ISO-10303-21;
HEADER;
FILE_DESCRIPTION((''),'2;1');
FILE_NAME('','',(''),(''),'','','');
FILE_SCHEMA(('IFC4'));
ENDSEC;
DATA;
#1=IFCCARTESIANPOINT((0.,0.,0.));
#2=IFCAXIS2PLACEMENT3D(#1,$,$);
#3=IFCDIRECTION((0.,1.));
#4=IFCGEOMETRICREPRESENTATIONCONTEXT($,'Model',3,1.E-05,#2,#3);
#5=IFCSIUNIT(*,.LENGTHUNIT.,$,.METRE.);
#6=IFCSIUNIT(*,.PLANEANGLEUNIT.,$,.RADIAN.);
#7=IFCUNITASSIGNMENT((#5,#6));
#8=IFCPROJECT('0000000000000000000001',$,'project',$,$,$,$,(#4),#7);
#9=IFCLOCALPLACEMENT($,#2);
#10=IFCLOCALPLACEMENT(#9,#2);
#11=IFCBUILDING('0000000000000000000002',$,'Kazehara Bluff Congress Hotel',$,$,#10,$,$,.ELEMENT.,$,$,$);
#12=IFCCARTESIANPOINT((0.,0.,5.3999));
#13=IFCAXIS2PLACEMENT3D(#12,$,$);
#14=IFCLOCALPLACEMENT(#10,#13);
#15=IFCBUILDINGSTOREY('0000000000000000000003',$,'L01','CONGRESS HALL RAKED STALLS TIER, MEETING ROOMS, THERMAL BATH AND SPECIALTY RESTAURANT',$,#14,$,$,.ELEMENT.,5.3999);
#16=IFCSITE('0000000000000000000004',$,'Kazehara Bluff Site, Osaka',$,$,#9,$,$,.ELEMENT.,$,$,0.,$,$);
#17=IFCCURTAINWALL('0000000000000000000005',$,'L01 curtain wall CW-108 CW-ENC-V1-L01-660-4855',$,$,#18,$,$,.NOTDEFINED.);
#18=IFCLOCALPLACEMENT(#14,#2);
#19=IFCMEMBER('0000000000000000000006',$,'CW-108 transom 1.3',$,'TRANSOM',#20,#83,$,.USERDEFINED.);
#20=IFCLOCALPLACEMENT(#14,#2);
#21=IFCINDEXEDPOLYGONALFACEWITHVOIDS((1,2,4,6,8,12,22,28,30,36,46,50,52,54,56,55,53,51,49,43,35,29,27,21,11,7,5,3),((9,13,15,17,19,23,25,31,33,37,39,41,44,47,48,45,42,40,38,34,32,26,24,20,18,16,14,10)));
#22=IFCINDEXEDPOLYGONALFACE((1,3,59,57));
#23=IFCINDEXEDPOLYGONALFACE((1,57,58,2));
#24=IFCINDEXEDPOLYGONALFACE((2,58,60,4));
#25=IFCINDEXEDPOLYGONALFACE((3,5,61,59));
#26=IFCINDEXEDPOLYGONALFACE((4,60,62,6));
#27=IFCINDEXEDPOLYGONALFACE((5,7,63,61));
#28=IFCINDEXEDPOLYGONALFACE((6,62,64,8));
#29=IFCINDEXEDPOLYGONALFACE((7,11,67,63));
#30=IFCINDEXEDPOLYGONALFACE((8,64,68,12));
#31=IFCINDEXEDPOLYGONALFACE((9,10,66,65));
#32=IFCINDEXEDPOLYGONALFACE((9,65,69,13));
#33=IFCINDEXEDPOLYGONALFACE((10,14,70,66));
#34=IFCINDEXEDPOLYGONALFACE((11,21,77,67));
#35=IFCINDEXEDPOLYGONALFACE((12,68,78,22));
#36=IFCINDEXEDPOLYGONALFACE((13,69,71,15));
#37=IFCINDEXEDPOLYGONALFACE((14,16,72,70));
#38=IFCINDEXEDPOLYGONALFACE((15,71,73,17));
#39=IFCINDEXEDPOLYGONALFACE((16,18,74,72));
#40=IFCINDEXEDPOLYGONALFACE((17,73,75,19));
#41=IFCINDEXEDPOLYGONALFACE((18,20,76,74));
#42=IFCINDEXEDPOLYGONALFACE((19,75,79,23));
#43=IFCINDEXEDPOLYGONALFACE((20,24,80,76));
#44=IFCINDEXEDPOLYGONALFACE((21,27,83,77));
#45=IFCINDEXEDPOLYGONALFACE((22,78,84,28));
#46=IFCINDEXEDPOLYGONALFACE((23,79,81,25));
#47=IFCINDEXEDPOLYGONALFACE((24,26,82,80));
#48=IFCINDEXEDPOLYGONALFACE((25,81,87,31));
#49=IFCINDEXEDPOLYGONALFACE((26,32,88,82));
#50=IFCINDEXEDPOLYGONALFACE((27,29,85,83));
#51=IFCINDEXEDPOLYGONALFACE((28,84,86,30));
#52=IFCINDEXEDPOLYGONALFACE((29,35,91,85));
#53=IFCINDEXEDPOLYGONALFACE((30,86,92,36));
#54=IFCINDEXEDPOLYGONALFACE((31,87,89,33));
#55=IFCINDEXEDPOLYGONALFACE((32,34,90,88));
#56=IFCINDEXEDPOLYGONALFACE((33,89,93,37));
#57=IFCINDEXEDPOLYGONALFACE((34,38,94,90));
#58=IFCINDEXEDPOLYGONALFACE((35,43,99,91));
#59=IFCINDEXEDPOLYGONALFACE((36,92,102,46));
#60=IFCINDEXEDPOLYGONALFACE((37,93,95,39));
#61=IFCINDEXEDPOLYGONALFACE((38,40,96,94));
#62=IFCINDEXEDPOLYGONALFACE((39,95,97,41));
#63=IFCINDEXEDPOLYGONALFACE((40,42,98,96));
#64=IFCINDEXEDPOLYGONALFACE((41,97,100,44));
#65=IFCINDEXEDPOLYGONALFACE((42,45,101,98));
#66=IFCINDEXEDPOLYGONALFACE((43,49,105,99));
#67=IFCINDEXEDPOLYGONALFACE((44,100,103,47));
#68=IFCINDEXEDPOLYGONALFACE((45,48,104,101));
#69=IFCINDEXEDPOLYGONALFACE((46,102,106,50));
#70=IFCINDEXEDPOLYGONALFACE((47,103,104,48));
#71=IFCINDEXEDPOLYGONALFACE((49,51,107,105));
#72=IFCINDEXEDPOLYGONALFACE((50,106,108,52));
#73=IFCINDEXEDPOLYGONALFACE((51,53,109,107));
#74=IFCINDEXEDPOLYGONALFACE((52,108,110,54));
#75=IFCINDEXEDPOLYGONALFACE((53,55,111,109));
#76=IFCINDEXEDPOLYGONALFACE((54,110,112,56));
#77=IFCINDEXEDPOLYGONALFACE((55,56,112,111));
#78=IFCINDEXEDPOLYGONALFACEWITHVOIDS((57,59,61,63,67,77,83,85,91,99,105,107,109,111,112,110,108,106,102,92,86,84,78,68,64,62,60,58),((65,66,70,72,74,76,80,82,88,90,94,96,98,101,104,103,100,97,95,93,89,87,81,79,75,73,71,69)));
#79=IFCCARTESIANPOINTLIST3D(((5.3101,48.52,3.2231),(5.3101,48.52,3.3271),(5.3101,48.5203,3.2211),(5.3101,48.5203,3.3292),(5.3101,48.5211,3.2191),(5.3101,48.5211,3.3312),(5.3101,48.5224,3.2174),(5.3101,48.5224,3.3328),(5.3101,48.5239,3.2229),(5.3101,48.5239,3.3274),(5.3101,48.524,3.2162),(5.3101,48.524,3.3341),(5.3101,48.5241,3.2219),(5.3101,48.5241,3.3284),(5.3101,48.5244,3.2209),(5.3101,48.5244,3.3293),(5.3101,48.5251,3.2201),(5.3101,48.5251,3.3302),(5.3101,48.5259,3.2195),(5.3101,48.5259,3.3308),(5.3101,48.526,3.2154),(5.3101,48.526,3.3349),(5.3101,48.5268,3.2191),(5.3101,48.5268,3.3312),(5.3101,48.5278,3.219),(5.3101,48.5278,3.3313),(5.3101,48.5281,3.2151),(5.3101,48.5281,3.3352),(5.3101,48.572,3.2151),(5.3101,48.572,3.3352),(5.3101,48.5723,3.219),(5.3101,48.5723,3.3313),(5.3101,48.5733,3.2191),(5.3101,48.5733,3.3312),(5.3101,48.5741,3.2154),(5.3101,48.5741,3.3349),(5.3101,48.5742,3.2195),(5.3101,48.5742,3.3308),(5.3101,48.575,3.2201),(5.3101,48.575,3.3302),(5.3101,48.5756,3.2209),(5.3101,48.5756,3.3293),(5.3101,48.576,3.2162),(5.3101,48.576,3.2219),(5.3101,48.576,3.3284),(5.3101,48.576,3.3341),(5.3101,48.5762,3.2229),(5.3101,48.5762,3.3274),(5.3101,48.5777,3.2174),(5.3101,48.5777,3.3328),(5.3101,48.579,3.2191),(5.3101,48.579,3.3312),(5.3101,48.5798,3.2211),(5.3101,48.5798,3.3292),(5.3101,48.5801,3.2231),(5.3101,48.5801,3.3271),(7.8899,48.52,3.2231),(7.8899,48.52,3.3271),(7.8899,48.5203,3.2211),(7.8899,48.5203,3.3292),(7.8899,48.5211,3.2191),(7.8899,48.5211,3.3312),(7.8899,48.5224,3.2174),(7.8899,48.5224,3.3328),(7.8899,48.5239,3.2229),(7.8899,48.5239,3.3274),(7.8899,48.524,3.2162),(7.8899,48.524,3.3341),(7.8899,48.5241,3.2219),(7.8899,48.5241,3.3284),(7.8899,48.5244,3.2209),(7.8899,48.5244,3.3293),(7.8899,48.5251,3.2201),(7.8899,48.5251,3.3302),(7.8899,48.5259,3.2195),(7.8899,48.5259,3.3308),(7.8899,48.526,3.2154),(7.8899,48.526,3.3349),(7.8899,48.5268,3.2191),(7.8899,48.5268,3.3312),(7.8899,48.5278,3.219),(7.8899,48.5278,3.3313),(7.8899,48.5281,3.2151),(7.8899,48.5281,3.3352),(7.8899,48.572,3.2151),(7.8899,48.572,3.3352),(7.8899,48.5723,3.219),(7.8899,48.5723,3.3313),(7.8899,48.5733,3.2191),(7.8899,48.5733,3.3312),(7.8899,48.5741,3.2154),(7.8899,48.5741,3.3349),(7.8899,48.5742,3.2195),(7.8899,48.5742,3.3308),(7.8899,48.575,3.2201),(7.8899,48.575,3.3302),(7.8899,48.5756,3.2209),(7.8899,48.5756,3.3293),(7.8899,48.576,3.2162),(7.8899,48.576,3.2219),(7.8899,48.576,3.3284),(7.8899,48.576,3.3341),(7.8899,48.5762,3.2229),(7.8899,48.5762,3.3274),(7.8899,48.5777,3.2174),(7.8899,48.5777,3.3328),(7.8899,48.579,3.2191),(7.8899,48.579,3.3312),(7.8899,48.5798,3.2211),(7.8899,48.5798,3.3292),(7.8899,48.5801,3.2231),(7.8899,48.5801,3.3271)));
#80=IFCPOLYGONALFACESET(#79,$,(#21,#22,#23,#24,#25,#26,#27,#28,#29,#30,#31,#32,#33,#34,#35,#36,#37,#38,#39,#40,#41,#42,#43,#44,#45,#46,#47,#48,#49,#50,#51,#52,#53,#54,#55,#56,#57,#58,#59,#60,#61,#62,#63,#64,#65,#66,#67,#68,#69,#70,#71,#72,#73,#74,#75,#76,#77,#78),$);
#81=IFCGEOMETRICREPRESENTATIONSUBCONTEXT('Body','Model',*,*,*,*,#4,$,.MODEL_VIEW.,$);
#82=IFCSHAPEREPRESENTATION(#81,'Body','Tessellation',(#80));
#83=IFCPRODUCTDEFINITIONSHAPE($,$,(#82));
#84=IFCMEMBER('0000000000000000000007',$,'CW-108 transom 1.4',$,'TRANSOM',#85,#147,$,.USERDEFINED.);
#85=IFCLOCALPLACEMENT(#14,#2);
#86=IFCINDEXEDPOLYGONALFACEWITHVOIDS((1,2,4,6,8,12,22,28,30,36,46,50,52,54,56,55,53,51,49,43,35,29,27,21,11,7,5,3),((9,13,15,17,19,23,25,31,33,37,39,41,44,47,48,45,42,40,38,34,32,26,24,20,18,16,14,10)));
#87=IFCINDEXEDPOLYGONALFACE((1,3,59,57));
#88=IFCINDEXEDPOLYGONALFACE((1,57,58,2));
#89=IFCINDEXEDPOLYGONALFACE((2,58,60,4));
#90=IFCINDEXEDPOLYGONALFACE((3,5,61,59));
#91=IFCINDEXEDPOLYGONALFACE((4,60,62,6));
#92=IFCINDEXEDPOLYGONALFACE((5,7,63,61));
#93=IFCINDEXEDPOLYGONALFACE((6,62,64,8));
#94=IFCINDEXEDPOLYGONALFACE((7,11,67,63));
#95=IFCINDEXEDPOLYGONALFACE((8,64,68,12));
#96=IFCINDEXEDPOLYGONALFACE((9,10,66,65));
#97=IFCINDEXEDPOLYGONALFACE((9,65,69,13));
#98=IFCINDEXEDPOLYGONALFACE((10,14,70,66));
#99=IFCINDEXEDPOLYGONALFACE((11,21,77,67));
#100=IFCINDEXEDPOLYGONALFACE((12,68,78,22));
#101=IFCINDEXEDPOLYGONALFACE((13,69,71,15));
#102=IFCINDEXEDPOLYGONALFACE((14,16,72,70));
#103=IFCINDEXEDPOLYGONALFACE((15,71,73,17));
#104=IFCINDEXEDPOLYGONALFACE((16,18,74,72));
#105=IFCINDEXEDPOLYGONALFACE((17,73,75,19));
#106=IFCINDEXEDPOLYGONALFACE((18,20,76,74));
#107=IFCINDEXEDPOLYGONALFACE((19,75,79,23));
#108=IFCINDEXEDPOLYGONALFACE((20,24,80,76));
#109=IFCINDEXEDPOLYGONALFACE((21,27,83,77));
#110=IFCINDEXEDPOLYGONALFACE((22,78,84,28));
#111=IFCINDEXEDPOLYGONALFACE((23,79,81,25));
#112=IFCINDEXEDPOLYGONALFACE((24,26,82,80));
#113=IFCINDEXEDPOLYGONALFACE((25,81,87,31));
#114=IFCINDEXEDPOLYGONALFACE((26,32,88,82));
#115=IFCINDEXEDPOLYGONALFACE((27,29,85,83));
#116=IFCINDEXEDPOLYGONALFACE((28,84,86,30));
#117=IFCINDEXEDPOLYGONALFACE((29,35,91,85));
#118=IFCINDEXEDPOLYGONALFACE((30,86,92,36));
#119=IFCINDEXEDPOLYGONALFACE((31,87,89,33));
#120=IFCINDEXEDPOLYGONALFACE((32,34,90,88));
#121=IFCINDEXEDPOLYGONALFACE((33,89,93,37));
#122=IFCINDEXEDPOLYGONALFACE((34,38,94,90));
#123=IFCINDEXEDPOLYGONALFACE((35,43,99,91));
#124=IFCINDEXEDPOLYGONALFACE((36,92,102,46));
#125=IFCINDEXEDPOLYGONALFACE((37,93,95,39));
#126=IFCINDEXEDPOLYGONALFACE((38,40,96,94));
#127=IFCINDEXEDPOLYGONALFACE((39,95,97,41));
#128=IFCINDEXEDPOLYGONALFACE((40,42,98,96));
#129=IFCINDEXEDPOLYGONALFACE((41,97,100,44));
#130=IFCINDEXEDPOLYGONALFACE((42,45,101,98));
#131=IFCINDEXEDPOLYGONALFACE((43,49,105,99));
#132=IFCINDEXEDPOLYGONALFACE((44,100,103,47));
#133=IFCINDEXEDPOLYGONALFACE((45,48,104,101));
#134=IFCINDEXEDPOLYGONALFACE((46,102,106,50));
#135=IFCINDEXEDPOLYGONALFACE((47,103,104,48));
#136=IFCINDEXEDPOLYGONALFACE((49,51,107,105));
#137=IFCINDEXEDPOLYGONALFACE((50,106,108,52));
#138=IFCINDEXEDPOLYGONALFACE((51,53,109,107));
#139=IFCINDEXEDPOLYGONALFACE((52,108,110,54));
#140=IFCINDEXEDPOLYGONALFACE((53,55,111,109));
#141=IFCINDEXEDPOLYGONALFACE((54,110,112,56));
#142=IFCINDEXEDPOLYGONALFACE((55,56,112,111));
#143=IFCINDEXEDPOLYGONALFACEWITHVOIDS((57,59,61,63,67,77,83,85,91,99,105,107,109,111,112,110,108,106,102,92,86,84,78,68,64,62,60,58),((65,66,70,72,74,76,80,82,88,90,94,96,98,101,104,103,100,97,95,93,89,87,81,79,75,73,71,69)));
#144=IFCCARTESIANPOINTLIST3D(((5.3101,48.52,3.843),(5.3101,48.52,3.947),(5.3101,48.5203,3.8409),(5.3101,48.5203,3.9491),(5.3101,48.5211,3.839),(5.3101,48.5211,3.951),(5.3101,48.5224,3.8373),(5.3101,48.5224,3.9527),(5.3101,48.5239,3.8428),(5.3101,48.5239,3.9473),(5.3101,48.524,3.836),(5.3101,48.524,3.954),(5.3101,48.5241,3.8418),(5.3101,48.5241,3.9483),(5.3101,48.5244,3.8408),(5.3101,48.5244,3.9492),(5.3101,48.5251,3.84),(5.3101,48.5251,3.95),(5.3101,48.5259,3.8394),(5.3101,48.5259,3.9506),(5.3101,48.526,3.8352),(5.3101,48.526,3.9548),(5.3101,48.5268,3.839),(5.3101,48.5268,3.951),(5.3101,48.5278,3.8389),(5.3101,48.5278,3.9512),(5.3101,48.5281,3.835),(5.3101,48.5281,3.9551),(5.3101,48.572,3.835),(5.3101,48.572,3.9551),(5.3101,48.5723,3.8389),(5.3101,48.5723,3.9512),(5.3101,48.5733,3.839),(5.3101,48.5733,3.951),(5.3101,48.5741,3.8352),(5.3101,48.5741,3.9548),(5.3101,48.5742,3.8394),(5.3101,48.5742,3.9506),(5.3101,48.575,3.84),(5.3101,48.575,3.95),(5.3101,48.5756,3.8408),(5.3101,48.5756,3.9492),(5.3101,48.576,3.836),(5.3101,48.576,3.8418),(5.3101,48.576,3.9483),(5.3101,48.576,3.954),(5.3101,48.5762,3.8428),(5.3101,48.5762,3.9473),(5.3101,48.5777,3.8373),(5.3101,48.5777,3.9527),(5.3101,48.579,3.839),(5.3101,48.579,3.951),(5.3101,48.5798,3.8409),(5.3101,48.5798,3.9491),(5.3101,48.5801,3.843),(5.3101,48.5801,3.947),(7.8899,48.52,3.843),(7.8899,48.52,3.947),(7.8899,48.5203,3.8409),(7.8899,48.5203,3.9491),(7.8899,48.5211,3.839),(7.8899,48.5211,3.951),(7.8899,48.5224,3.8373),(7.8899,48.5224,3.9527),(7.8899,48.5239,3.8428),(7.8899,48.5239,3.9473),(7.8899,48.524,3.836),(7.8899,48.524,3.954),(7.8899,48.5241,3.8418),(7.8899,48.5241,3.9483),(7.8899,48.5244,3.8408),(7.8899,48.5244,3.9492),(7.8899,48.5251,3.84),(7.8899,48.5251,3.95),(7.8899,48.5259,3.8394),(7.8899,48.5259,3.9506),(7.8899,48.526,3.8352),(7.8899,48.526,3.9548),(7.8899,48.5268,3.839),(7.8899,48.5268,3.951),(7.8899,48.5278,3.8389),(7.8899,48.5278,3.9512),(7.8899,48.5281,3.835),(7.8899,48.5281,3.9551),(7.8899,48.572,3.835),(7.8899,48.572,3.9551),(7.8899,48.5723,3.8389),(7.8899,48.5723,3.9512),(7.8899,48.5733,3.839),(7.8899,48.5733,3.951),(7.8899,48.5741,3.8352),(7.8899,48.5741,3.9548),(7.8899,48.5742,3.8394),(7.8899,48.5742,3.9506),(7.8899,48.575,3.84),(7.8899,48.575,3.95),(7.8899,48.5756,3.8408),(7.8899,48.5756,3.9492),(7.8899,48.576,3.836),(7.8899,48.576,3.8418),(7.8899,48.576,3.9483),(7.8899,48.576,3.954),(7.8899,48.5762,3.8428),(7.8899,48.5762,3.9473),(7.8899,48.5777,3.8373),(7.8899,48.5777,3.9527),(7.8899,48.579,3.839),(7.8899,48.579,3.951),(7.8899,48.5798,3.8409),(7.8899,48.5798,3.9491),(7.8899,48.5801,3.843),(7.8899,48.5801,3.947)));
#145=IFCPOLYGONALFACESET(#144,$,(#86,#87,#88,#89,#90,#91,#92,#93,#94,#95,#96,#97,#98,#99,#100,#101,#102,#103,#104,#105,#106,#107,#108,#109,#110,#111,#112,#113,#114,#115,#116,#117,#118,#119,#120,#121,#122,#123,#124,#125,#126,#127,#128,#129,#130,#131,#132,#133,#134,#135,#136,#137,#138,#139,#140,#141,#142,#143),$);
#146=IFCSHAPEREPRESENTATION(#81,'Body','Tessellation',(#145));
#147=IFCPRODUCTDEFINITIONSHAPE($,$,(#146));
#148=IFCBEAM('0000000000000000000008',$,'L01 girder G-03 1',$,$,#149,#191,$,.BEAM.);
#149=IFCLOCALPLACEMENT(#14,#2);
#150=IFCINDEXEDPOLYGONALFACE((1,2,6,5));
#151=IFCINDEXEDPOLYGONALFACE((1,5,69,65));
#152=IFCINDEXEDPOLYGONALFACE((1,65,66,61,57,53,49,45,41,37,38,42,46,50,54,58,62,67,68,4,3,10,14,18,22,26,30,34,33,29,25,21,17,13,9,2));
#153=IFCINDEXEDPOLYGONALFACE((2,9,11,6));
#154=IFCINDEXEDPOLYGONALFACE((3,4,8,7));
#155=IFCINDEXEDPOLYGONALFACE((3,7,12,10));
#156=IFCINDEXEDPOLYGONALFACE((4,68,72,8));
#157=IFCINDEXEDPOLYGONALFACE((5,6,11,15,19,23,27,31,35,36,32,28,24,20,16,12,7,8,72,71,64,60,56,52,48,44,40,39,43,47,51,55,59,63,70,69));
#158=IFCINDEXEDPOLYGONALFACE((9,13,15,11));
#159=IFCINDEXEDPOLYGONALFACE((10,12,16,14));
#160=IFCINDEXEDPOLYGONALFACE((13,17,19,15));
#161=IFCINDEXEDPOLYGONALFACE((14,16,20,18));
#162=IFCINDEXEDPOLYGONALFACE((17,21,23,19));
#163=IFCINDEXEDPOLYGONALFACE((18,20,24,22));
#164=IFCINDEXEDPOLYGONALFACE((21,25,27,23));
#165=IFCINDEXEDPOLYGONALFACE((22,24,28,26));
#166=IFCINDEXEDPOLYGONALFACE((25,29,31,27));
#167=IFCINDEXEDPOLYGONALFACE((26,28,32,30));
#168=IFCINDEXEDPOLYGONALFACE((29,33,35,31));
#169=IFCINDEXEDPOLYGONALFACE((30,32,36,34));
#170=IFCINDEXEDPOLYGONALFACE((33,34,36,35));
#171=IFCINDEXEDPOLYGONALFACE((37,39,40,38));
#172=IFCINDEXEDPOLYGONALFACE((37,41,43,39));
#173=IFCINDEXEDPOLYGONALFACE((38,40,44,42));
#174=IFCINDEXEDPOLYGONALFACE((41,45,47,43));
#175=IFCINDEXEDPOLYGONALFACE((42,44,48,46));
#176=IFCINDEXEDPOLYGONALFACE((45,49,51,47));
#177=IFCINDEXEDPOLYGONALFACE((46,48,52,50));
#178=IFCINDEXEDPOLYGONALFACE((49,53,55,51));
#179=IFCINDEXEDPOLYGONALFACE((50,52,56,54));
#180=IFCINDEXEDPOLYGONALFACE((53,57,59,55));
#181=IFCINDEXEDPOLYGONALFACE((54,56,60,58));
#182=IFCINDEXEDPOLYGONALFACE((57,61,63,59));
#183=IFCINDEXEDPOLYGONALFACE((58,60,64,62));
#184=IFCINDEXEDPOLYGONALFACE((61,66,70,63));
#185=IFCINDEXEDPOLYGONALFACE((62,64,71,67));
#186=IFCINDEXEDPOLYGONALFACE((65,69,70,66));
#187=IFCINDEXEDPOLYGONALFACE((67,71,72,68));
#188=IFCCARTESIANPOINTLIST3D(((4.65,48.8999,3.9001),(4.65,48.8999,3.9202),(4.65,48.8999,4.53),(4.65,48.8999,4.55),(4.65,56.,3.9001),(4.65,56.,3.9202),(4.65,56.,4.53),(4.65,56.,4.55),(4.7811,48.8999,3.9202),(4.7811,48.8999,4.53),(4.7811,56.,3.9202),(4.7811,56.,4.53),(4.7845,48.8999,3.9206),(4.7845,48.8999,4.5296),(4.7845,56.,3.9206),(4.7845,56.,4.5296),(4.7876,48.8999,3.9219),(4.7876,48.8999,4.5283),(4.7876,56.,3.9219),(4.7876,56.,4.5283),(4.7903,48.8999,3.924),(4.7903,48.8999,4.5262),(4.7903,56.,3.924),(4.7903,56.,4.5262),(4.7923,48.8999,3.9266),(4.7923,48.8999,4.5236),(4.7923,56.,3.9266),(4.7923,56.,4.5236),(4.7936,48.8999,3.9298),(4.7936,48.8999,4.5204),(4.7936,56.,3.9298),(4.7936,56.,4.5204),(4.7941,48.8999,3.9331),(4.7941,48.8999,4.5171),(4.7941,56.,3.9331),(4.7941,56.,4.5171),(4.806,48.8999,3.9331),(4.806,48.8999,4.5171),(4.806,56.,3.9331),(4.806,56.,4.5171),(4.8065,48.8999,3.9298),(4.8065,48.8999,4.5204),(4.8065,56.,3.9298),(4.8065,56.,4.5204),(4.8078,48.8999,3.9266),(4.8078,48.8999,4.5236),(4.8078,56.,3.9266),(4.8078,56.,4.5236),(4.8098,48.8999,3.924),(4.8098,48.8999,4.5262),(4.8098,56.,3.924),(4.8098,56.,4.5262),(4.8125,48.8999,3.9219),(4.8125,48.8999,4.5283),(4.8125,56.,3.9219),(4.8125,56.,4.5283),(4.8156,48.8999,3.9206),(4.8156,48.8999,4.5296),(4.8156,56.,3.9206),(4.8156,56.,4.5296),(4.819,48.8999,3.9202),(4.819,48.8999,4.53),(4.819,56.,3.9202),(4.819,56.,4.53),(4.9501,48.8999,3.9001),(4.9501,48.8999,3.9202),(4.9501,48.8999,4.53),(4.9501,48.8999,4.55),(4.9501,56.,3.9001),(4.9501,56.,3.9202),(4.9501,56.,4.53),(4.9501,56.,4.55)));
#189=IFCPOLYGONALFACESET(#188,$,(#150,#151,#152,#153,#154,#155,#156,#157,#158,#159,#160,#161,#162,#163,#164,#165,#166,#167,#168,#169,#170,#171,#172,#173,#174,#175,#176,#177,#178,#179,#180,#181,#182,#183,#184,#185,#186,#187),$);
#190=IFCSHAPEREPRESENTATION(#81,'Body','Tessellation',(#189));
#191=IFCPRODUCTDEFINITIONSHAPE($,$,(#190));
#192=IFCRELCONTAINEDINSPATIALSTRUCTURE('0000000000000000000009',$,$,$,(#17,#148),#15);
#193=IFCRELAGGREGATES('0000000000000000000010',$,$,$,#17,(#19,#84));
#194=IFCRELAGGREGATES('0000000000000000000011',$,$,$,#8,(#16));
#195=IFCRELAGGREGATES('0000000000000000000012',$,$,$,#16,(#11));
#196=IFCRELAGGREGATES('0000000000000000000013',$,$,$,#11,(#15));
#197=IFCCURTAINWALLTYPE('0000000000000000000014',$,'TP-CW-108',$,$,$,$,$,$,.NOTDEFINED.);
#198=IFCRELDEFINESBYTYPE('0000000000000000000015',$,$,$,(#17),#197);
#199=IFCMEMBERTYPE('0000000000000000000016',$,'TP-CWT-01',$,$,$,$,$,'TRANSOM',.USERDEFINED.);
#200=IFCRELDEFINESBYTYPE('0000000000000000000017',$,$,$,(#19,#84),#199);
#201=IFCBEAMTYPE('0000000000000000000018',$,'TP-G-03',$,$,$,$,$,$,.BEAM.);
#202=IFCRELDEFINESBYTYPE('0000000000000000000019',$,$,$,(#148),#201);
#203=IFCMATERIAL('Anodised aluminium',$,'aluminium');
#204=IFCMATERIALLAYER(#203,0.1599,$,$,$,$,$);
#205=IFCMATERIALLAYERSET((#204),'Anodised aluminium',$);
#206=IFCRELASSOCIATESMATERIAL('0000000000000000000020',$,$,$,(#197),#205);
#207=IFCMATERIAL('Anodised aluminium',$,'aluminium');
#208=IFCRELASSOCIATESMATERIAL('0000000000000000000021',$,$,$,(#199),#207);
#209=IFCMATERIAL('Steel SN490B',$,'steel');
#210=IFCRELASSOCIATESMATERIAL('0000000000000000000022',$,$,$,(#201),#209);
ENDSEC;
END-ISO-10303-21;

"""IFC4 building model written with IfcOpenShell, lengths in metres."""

from ifc_helpers import new_model, si_unit, direction, frame, origin, origin_2d, place, context, subcontext, project, spatial, hollow_rectangle, i_section, extrude, material, layer, layer_set, material_profile, profile_set, type_object, element, aggregate, save


model = new_model("IFC4")

# Units and contexts
model_context = context("Model", 3, precision=1e-05, world=origin(), true_north=direction((0.0, 1.0)))
body_context = subcontext(model_context, "Body", "Model", "MODEL_VIEW")
ifc_project = project(units=[si_unit("LENGTHUNIT", "METRE"), si_unit("PLANEANGLEUNIT", "RADIAN")], contexts=[model_context])

# Site, building, storey
site_placement = place(None, origin())
site = spatial("IfcSite", under=ifc_project, at=site_placement, Name="Kazehara Bluff Site, Osaka", CompositionType="ELEMENT", RefElevation=0.0)
building_placement = place(site_placement, origin())
building = spatial("IfcBuilding", under=site, at=building_placement, Name="Kazehara Bluff Congress Hotel", CompositionType="ELEMENT")
storey_placement = place(building_placement, frame((0.0, 0.0, 5.3999)))
storey = spatial("IfcBuildingStorey", under=building, at=storey_placement, Name="L01", Description="CONGRESS HALL RAKED STALLS TIER, MEETING ROOMS, THERMAL BATH AND SPECIALTY RESTAURANT", CompositionType="ELEMENT", Elevation=5.3999)

# Curtain wall, members
ifc_material_1 = material(Name="Anodised aluminium", Category="aluminium")
ifc_layer_1 = layer(ifc_material_1, 0.1599)
ifc_layer_set_1 = layer_set([ifc_layer_1], Name="Anodised aluminium")
curtain_wall_type = type_object("IfcCurtainWallType", Name="TP-CW-108", PredefinedType="NOTDEFINED", material=ifc_layer_set_1)
curtain_wall_placement = place(storey_placement, origin())
curtain_wall = element("IfcCurtainWall", 1, at=curtain_wall_placement, inside=storey, type_object=curtain_wall_type, Name="L01 curtain wall CW-108 CW-ENC-V1-L01-660-4855", PredefinedType="NOTDEFINED")
ifc_material_2 = material(Name="Anodised aluminium", Category="aluminium")
ifc_material_profile_1 = material_profile(ifc_material_2, hollow_rectangle(XDim=0.0601, YDim=0.1201, WallThickness=0.0039, InnerFilletRadius=0.0039, OuterFilletRadius=0.0081, at=origin_2d()))
ifc_profile_set_1 = profile_set([ifc_material_profile_1], Name="Anodised aluminium")
member_type_1 = type_object("IfcMemberType", Name="TP-CWT-01", ElementType="TRANSOM", PredefinedType="USERDEFINED", material=ifc_profile_set_1)
member_1_placement = place(storey_placement, frame((7.8899, 48.55, 3.2751), z_axis=(-1.0, 0.0, 0.0), x_axis=(0.0, -1.0, 0.0)))
member_1 = element("IfcMember", 2, at=member_1_placement, type_object=member_type_1, Name="CW-108 transom 1.3", ObjectType="TRANSOM", PredefinedType="USERDEFINED", context=body_context, shape_type="SweptSolid", body=[
    extrude(hollow_rectangle(XDim=0.0601, YDim=0.1201, WallThickness=0.0039, InnerFilletRadius=0.0039, OuterFilletRadius=0.0081, at=origin_2d()), origin(), (0.0, 0.0, 1.0), 2.5798),
])
member_2_placement = place(storey_placement, frame((7.8899, 48.55, 3.895), z_axis=(-1.0, 0.0, 0.0), x_axis=(0.0, -1.0, 0.0)))
member_2 = element("IfcMember", 3, at=member_2_placement, type_object=member_type_1, Name="CW-108 transom 1.4", ObjectType="TRANSOM", PredefinedType="USERDEFINED", context=body_context, shape_type="SweptSolid", body=[
    extrude(hollow_rectangle(XDim=0.0601, YDim=0.1201, WallThickness=0.0039, InnerFilletRadius=0.0039, OuterFilletRadius=0.0081, at=origin_2d()), origin(), (0.0, 0.0, 1.0), 2.5798),
])

# Beam
ifc_material_3 = material(Name="Steel SN490B", Category="steel")
ifc_material_profile_2 = material_profile(ifc_material_3, i_section(OverallWidth=0.3, OverallDepth=0.6499, WebThickness=0.012, FlangeThickness=0.02, FilletRadius=0.0129, at=origin_2d()))
ifc_profile_set_2 = profile_set([ifc_material_profile_2], Name="Steel SN490B")
beam_type_1 = type_object("IfcBeamType", Name="TP-G-03", PredefinedType="BEAM", material=ifc_profile_set_2)
for number, where, z_axis, x_axis, name in (
    (4, (4.8, 48.8999, 4.2251), (0.0, 1.0, 0.0), (-1.0, 0.0, 0.0), "L01 girder G-03 1"),
):
    element("IfcBeam", number, at=place(storey_placement, frame(where, z_axis=z_axis, x_axis=x_axis)), inside=storey, type_object=beam_type_1, Name=name, PredefinedType="BEAM", context=body_context, shape_type="SweptSolid", body=[
        extrude(i_section(OverallWidth=0.3, OverallDepth=0.6499, WebThickness=0.012, FlangeThickness=0.02, FilletRadius=0.0129, at=origin_2d()), origin(), (0.0, 0.0, 1.0), 7.1001),
    ])

aggregate(curtain_wall, [member_1, member_2])

save(model, "model.ifc")
